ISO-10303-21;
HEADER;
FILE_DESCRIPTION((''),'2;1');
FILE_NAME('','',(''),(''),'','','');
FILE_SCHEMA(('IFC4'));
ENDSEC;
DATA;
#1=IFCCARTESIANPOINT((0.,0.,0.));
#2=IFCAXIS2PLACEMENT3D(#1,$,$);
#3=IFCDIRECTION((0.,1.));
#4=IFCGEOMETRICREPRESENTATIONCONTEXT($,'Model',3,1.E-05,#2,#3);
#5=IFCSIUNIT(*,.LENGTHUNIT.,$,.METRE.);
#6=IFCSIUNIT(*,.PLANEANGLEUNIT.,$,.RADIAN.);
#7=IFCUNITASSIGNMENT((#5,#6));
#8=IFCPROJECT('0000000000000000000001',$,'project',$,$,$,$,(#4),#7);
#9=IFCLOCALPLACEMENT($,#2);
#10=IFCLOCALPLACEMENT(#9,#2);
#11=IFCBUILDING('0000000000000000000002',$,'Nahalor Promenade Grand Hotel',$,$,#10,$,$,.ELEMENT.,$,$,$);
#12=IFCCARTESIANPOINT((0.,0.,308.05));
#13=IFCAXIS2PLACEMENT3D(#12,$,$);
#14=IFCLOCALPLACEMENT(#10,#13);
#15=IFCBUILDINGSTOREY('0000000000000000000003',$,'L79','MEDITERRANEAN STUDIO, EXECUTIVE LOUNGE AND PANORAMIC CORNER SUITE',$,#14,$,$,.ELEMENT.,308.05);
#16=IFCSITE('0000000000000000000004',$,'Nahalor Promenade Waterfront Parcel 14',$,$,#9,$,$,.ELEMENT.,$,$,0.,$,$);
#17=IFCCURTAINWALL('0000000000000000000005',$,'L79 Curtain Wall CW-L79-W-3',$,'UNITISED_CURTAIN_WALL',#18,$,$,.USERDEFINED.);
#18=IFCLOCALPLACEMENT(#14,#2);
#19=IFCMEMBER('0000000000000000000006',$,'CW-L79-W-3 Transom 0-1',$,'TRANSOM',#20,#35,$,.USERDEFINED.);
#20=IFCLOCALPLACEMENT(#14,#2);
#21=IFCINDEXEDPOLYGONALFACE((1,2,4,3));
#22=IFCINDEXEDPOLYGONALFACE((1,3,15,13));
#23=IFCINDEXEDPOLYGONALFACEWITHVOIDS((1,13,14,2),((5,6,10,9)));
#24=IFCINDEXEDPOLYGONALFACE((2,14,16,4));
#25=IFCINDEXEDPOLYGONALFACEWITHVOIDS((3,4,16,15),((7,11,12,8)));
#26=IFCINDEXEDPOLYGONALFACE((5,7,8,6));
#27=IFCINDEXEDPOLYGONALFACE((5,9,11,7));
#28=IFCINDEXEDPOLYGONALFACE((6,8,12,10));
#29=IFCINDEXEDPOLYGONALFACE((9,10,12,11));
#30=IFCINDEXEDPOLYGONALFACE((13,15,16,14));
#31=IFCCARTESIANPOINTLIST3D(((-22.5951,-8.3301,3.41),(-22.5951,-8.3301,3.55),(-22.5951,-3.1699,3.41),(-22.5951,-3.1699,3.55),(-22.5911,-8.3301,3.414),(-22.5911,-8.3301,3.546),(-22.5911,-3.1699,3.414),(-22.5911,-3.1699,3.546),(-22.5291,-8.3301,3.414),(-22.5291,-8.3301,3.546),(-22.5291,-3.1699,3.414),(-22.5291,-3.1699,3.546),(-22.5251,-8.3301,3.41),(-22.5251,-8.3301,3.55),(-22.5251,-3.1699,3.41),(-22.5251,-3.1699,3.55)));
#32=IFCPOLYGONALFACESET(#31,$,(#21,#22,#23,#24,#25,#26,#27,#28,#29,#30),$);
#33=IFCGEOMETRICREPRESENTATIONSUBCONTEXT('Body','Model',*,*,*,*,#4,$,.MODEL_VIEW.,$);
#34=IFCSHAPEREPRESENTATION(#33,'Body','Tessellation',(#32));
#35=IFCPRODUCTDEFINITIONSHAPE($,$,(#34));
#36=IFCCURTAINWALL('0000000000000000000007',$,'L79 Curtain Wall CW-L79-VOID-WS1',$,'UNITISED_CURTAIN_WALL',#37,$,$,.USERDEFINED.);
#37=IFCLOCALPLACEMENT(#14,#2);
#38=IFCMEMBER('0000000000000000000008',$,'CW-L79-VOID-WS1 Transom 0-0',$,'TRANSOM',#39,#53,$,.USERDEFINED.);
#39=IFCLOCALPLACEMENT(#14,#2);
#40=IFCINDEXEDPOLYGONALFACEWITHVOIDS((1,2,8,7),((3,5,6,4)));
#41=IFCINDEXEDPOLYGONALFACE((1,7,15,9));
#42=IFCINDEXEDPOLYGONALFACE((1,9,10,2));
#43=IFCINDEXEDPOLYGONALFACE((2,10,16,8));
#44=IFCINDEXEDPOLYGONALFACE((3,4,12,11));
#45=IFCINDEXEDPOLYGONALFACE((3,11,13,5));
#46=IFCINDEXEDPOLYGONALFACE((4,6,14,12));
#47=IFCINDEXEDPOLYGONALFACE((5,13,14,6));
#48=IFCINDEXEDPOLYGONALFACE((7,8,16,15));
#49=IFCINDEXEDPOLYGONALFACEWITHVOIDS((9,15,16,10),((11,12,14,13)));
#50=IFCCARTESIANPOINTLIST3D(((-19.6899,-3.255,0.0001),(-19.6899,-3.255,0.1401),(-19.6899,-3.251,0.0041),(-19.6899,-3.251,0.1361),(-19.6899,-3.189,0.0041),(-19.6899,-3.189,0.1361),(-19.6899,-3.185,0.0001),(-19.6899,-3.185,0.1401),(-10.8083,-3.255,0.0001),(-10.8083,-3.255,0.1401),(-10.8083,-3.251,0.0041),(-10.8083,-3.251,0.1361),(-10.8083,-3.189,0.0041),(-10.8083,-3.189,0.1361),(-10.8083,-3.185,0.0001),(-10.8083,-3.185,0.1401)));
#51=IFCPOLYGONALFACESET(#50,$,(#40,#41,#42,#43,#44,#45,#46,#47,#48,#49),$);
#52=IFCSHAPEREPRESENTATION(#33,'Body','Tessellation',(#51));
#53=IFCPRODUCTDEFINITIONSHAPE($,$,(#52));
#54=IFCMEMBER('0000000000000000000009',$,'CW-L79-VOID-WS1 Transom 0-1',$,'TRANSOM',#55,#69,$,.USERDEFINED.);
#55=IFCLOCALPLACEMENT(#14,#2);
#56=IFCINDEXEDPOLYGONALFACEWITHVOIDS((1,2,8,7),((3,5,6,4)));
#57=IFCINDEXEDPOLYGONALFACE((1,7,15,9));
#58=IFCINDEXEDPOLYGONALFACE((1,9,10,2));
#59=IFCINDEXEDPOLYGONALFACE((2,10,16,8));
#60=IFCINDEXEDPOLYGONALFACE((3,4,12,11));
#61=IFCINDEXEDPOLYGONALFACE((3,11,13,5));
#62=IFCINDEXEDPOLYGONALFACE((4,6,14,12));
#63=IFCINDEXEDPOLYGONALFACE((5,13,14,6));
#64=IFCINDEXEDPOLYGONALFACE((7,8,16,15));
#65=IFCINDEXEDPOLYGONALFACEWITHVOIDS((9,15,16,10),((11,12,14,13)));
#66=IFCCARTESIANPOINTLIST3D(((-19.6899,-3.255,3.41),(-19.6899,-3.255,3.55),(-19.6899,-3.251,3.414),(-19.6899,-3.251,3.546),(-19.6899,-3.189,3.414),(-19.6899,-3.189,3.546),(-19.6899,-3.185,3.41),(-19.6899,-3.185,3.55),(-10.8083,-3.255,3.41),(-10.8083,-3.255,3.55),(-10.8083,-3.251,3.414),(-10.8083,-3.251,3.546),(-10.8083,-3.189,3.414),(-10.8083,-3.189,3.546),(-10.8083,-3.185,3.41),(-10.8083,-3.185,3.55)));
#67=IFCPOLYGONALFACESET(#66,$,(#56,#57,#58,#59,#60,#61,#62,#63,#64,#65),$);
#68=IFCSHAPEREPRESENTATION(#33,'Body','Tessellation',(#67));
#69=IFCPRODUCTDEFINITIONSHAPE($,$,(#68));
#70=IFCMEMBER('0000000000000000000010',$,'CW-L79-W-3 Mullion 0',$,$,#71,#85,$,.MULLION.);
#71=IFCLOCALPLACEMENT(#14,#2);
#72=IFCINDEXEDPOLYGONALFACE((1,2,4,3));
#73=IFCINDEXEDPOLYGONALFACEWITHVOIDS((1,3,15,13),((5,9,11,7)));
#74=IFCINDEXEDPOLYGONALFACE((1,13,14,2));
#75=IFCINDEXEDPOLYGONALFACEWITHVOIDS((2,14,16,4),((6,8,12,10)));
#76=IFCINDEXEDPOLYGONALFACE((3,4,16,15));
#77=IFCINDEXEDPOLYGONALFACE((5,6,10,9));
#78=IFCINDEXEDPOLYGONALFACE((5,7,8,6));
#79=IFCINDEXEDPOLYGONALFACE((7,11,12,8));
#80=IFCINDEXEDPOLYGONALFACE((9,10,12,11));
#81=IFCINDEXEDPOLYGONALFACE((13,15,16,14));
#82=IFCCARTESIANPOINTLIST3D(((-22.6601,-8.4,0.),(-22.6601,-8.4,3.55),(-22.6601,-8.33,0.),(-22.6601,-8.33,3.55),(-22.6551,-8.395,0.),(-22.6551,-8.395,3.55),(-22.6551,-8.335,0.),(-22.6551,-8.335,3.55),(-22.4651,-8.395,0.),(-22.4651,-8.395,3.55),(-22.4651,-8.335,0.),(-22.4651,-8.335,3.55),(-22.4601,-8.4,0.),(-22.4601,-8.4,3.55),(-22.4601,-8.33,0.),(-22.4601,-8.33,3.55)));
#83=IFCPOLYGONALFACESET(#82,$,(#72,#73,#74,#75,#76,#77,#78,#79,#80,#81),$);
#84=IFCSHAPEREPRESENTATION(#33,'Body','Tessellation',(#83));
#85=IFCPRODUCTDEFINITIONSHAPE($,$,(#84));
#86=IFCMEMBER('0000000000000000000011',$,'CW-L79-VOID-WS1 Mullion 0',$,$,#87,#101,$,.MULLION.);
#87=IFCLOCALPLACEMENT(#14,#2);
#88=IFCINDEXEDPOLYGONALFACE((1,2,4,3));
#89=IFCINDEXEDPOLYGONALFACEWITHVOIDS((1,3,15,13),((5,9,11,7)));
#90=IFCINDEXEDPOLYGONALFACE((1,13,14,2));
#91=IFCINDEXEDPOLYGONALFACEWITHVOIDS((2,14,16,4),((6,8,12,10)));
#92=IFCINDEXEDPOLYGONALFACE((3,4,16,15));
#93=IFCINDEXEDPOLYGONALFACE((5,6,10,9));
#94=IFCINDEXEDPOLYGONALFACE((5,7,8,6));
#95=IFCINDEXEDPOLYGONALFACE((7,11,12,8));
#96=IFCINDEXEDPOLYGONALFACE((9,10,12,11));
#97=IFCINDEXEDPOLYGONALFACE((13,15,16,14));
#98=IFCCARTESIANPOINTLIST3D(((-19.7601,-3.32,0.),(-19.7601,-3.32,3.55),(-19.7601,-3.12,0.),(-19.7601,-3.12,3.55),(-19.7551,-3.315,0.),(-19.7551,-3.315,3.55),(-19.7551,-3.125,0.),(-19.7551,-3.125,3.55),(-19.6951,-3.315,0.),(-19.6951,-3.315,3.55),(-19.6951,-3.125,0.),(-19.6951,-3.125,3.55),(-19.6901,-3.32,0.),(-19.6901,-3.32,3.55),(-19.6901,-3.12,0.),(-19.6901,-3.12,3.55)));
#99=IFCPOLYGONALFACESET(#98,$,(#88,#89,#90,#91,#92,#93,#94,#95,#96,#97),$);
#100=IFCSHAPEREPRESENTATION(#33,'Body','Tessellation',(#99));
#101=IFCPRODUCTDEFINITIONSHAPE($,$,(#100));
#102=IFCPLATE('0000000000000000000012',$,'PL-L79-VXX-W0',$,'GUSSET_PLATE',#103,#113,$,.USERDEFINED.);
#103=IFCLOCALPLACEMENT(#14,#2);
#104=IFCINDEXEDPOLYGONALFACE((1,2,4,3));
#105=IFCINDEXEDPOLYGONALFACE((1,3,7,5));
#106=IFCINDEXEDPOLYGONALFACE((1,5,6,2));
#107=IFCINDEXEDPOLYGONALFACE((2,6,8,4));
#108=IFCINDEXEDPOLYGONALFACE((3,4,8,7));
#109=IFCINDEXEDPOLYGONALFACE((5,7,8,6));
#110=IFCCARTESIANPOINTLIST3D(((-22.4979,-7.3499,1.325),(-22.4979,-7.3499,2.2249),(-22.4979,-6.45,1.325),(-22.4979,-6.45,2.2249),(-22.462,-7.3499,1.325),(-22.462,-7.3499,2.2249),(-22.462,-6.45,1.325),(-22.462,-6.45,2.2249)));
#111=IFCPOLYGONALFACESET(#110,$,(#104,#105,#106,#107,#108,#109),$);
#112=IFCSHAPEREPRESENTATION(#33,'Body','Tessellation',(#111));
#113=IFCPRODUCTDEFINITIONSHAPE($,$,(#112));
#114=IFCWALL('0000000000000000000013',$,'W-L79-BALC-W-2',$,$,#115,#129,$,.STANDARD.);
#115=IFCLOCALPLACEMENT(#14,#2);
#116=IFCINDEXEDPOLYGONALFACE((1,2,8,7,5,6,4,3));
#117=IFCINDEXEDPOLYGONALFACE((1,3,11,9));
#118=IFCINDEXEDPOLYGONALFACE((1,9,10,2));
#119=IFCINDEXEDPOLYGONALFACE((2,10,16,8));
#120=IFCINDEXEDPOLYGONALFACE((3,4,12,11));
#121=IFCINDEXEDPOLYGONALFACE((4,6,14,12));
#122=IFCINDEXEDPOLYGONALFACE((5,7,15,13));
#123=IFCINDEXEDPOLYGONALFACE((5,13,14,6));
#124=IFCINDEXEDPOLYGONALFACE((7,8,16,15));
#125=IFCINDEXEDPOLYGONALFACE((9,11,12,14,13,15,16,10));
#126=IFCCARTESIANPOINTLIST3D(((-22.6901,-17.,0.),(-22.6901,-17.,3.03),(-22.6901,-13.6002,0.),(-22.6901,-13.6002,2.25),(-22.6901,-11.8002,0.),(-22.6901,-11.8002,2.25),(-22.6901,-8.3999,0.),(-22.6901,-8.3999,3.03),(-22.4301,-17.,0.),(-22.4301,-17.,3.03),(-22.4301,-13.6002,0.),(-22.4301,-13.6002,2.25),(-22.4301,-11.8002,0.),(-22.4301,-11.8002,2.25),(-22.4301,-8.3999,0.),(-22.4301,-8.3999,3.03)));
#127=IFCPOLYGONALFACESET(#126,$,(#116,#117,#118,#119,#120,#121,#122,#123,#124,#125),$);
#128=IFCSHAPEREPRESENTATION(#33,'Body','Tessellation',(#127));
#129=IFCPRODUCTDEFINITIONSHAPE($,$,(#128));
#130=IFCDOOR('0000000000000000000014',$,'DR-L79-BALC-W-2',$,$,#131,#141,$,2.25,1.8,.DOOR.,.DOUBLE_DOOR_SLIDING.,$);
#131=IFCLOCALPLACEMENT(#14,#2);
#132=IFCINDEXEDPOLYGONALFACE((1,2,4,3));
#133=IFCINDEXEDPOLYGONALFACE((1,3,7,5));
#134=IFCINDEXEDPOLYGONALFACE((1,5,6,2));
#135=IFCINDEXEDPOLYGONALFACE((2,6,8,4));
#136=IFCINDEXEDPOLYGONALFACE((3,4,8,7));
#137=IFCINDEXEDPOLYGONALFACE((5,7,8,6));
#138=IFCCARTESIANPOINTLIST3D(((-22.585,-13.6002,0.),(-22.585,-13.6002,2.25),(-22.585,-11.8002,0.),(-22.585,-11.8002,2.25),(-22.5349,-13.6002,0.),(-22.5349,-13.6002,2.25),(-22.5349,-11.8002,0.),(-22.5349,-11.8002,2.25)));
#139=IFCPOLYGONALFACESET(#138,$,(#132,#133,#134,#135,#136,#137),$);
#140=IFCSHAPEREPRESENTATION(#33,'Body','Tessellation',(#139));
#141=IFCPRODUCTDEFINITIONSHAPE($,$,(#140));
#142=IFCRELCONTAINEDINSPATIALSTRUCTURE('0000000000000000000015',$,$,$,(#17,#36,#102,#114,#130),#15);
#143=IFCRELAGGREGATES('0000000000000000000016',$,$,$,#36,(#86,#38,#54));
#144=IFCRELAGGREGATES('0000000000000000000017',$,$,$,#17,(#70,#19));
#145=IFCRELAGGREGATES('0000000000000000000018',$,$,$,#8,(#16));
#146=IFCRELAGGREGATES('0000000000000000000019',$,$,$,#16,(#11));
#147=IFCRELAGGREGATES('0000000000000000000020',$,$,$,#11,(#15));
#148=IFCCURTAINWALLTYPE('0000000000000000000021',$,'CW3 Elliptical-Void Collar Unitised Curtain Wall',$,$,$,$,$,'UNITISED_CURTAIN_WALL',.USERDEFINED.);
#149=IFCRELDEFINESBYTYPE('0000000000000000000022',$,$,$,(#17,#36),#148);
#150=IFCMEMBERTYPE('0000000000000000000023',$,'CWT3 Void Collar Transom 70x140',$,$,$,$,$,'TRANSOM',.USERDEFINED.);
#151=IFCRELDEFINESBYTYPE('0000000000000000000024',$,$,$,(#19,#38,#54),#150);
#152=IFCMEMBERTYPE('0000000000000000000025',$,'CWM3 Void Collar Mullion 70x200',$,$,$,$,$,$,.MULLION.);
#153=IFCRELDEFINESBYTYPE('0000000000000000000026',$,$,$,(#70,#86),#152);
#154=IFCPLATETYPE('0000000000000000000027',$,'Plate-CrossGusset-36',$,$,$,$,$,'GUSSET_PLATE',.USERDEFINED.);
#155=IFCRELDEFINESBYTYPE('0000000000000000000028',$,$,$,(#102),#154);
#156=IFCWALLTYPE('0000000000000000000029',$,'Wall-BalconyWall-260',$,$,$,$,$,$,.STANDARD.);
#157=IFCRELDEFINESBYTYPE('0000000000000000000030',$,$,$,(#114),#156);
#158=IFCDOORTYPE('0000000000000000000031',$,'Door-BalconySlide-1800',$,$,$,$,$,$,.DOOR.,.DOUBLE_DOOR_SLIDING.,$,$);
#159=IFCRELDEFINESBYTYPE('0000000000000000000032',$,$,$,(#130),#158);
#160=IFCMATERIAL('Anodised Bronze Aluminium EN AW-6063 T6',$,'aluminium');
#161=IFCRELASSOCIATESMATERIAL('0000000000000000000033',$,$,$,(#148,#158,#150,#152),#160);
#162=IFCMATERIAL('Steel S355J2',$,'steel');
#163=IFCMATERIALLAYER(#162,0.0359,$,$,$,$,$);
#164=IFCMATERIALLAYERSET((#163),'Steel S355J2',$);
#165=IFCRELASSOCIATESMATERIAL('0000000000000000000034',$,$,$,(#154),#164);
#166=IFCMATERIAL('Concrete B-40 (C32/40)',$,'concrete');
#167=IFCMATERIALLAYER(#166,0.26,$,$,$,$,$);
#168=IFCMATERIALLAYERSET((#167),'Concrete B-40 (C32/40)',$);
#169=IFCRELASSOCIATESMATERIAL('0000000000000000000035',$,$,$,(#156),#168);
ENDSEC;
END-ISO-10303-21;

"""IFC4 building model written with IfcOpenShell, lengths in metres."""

from ifc_helpers import new_model, si_unit, direction, frame, frame_2d, origin, origin_2d, place, context, subcontext, project, spatial, rectangle, hollow_rectangle, extrude, source, transform, mapped, material, layer, layer_set, material_profile, profile_set, type_object, element, fill, aggregate, save


model = new_model("IFC4")

# Units and contexts
model_context = context("Model", 3, precision=1e-05, world=origin(), true_north=direction((0.0, 1.0)))
body_context = subcontext(model_context, "Body", "Model", "MODEL_VIEW")
ifc_project = project(units=[si_unit("LENGTHUNIT", "METRE"), si_unit("PLANEANGLEUNIT", "RADIAN")], contexts=[model_context])

# Site, building, storey
site_placement = place(None, origin())
site = spatial("IfcSite", under=ifc_project, at=site_placement, Name="Nahalor Promenade Waterfront Parcel 14", CompositionType="ELEMENT", RefElevation=0.0)
building_placement = place(site_placement, origin())
building = spatial("IfcBuilding", under=site, at=building_placement, Name="Nahalor Promenade Grand Hotel", CompositionType="ELEMENT")
storey_placement = place(building_placement, frame((0.0, 0.0, 308.05)))
storey = spatial("IfcBuildingStorey", under=building, at=storey_placement, Name="L79", Description="MEDITERRANEAN STUDIO, EXECUTIVE LOUNGE AND PANORAMIC CORNER SUITE", CompositionType="ELEMENT", Elevation=308.05)

# Curtain walls, members
ifc_material_1 = material(Name="Anodised Bronze Aluminium EN AW-6063 T6", Category="aluminium")
curtain_wall_type = type_object("IfcCurtainWallType", Name="CW3 Elliptical-Void Collar Unitised Curtain Wall", ElementType="UNITISED_CURTAIN_WALL", PredefinedType="USERDEFINED", material=ifc_material_1)
curtain_wall_1_placement = place(storey_placement, origin())
curtain_wall_1 = element("IfcCurtainWall", 1, at=curtain_wall_1_placement, inside=storey, type_object=curtain_wall_type, Name="L79 Curtain Wall CW-L79-W-3", ObjectType="UNITISED_CURTAIN_WALL", PredefinedType="USERDEFINED")
ifc_material_profile_1 = material_profile(ifc_material_1, hollow_rectangle(XDim=0.07, YDim=0.14, WallThickness=0.004, at=origin_2d()), Name="CWT 70x140x4")
ifc_profile_set_1 = profile_set([ifc_material_profile_1], Name="Anodised Bronze Aluminium EN AW-6063 T6")
member_type_1 = type_object("IfcMemberType", Name="CWT3 Void Collar Transom 70x140", ElementType="TRANSOM", PredefinedType="USERDEFINED", material=ifc_profile_set_1)
shared_shape_1 = source(origin(), body_context, "Body", "SweptSolid", [
    extrude(hollow_rectangle(XDim=0.07, YDim=0.14, WallThickness=0.004, at=origin_2d()), origin(), (0.0, 0.0, 1.0), 5.1602),
])
member_1_placement = place(storey_placement, frame((-22.5601, -8.3301, 3.48), z_axis=(0.0, 1.0, 0.0), x_axis=(-1.0, 0.0, 0.0)))
member_1 = element("IfcMember", 2, at=member_1_placement, type_object=member_type_1, Name="CW-L79-W-3 Transom 0-1", ObjectType="TRANSOM", PredefinedType="USERDEFINED", context=body_context, shape_type="MappedRepresentation", body=[
    mapped(shared_shape_1, transform((0.0, 0.0, 0.0), scale=1.0)),
])
curtain_wall_2_placement = place(storey_placement, origin())
curtain_wall_2 = element("IfcCurtainWall", 3, at=curtain_wall_2_placement, inside=storey, type_object=curtain_wall_type, Name="L79 Curtain Wall CW-L79-VOID-WS1", ObjectType="UNITISED_CURTAIN_WALL", PredefinedType="USERDEFINED")
shared_shape_2 = source(origin(), body_context, "Body", "SweptSolid", [
    extrude(hollow_rectangle(XDim=0.07, YDim=0.14, WallThickness=0.004, at=origin_2d()), origin(), (0.0, 0.0, 1.0), 8.8816),
])
member_2_placement = place(storey_placement, frame((-19.6899, -3.22, 0.0701), z_axis=(1.0, 0.0, 0.0), x_axis=(0.0, 1.0, 0.0)))
member_2 = element("IfcMember", 4, at=member_2_placement, type_object=member_type_1, Name="CW-L79-VOID-WS1 Transom 0-0", ObjectType="TRANSOM", PredefinedType="USERDEFINED", context=body_context, shape_type="MappedRepresentation", body=[
    mapped(shared_shape_2, transform((0.0, 0.0, 0.0), scale=1.0)),
])
member_3_placement = place(storey_placement, frame((-19.6899, -3.22, 3.48), z_axis=(1.0, 0.0, 0.0), x_axis=(0.0, 1.0, 0.0)))
member_3 = element("IfcMember", 5, at=member_3_placement, type_object=member_type_1, Name="CW-L79-VOID-WS1 Transom 0-1", ObjectType="TRANSOM", PredefinedType="USERDEFINED", context=body_context, shape_type="MappedRepresentation", body=[
    mapped(shared_shape_2, transform((0.0, 0.0, 0.0), scale=1.0)),
])

# Members
ifc_material_profile_2 = material_profile(ifc_material_1, hollow_rectangle(XDim=0.07, YDim=0.2, WallThickness=0.005, at=origin_2d()), Name="CWM 70x200x5")
ifc_profile_set_2 = profile_set([ifc_material_profile_2], Name="Anodised Bronze Aluminium EN AW-6063 T6")
member_type_2 = type_object("IfcMemberType", Name="CWM3 Void Collar Mullion 70x200", PredefinedType="MULLION", material=ifc_profile_set_2)
shared_shape_3 = source(origin(), body_context, "Body", "SweptSolid", [
    extrude(hollow_rectangle(XDim=0.07, YDim=0.2, WallThickness=0.005, at=origin_2d()), origin(), (0.0, 0.0, 1.0), 3.55),
])
member_4_placement = place(storey_placement, frame((-22.5601, -8.365, 0.0), z_axis=(0.0, 0.0, 1.0), x_axis=(0.0, 1.0, 0.0)))
member_4 = element("IfcMember", 6, at=member_4_placement, type_object=member_type_2, Name="CW-L79-W-3 Mullion 0", PredefinedType="MULLION", context=body_context, shape_type="MappedRepresentation", body=[
    mapped(shared_shape_3, transform((0.0, 0.0, 0.0), scale=1.0)),
])
member_5_placement = place(storey_placement, frame((-19.7251, -3.22, 0.0), z_axis=(0.0, 0.0, 1.0), x_axis=(1.0, 0.0, 0.0)))
member_5 = element("IfcMember", 7, at=member_5_placement, type_object=member_type_2, Name="CW-L79-VOID-WS1 Mullion 0", PredefinedType="MULLION", context=body_context, shape_type="MappedRepresentation", body=[
    mapped(shared_shape_3, transform((0.0, 0.0, 0.0), scale=1.0)),
])
aggregate(curtain_wall_2, [member_5, member_2, member_3])

# Plate
aggregate(curtain_wall_1, [member_4, member_1])
ifc_material_2 = material(Name="Steel S355J2", Category="steel")
ifc_layer_1 = layer(ifc_material_2, 0.0359)
ifc_layer_set_1 = layer_set([ifc_layer_1], Name="Steel S355J2")
plate_type_1 = type_object("IfcPlateType", Name="Plate-CrossGusset-36", ElementType="GUSSET_PLATE", PredefinedType="USERDEFINED", material=ifc_layer_set_1)
shared_shape_4 = source(origin(), body_context, "Body", "SweptSolid", [
    extrude(rectangle(XDim=0.8999, YDim=0.0359, at=origin_2d()), origin(), (0.0, 0.0, 1.0), 0.8999),
])
plate_1_placement = place(storey_placement, frame((-22.48, -6.8999, 1.325), z_axis=(0.0, 0.0, 1.0), x_axis=(0.0, 1.0, 0.0)))
element("IfcPlate", 8, at=plate_1_placement, inside=storey, type_object=plate_type_1, Name="PL-L79-VXX-W0", ObjectType="GUSSET_PLATE", PredefinedType="USERDEFINED", context=body_context, shape_type="MappedRepresentation", body=[
    mapped(shared_shape_4, transform((0.0, 0.0, 0.0), scale=1.0)),
])

# Wall, opening, door
ifc_material_3 = material(Name="Concrete B-40 (C32/40)", Category="concrete")
ifc_layer_2 = layer(ifc_material_3, 0.26)
ifc_layer_set_2 = layer_set([ifc_layer_2], Name="Concrete B-40 (C32/40)")
wall_type_1 = type_object("IfcWallType", Name="Wall-BalconyWall-260", PredefinedType="STANDARD", material=ifc_layer_set_2)
shared_shape_5 = source(origin(), body_context, "Body", "SweptSolid", [
    extrude(rectangle(XDim=8.6001, YDim=0.26, at=frame_2d((4.3, 0.0))), origin(), (0.0, 0.0, 1.0), 3.03),
])
wall_1_placement = place(storey_placement, frame((-22.5601, -17.0, 0.0), z_axis=(0.0, 0.0, 1.0), x_axis=(0.0, 1.0, 0.0)))
wall_1 = element("IfcWall", 9, at=wall_1_placement, inside=storey, type_object=wall_type_1, Name="W-L79-BALC-W-2", PredefinedType="STANDARD", context=body_context, shape_type="MappedRepresentation", body=[
    mapped(shared_shape_5, transform((0.0, 0.0, 0.0), scale=1.0)),
])
opening_1_placement = place(wall_1_placement, frame((3.3999, 0.0, 0.0)))
opening_1 = element("IfcOpeningElement", 10, at=opening_1_placement, cuts=wall_1, PredefinedType="OPENING", context=body_context, shape_type="SweptSolid", body=[
    extrude(rectangle(XDim=1.8, YDim=2.25, at=frame_2d((0.8999, 1.125))), frame((0.0, 0.1399, 0.0), z_axis=(0.0, -1.0, 0.0), x_axis=(1.0, 0.0, 0.0)), (0.0, 0.0, 1.0), 0.28),
])
door_type_1 = type_object("IfcDoorType", Name="Door-BalconySlide-1800", OperationType="DOUBLE_DOOR_SLIDING", PredefinedType="DOOR", material=ifc_material_1)
shared_shape_6 = source(origin(), body_context, "Body", "SweptSolid", [
    extrude(rectangle(XDim=1.8, YDim=2.25, at=frame_2d((0.8999, 1.125))), frame((0.0, 0.0249, 0.0), z_axis=(0.0, -1.0, 0.0), x_axis=(1.0, 0.0, 0.0)), (0.0, 0.0, 1.0), 0.05),
])
door_1_placement = place(opening_1_placement, origin())
door_1 = element("IfcDoor", 11, at=door_1_placement, inside=storey, type_object=door_type_1, Name="DR-L79-BALC-W-2", OperationType="DOUBLE_DOOR_SLIDING", OverallHeight=2.25, OverallWidth=1.8, PredefinedType="DOOR", context=body_context, shape_type="MappedRepresentation", body=[
    mapped(shared_shape_6, transform((0.0, 0.0, 0.0), scale=1.0)),
])
fill(opening_1, door_1)

save(model, "model.ifc")
